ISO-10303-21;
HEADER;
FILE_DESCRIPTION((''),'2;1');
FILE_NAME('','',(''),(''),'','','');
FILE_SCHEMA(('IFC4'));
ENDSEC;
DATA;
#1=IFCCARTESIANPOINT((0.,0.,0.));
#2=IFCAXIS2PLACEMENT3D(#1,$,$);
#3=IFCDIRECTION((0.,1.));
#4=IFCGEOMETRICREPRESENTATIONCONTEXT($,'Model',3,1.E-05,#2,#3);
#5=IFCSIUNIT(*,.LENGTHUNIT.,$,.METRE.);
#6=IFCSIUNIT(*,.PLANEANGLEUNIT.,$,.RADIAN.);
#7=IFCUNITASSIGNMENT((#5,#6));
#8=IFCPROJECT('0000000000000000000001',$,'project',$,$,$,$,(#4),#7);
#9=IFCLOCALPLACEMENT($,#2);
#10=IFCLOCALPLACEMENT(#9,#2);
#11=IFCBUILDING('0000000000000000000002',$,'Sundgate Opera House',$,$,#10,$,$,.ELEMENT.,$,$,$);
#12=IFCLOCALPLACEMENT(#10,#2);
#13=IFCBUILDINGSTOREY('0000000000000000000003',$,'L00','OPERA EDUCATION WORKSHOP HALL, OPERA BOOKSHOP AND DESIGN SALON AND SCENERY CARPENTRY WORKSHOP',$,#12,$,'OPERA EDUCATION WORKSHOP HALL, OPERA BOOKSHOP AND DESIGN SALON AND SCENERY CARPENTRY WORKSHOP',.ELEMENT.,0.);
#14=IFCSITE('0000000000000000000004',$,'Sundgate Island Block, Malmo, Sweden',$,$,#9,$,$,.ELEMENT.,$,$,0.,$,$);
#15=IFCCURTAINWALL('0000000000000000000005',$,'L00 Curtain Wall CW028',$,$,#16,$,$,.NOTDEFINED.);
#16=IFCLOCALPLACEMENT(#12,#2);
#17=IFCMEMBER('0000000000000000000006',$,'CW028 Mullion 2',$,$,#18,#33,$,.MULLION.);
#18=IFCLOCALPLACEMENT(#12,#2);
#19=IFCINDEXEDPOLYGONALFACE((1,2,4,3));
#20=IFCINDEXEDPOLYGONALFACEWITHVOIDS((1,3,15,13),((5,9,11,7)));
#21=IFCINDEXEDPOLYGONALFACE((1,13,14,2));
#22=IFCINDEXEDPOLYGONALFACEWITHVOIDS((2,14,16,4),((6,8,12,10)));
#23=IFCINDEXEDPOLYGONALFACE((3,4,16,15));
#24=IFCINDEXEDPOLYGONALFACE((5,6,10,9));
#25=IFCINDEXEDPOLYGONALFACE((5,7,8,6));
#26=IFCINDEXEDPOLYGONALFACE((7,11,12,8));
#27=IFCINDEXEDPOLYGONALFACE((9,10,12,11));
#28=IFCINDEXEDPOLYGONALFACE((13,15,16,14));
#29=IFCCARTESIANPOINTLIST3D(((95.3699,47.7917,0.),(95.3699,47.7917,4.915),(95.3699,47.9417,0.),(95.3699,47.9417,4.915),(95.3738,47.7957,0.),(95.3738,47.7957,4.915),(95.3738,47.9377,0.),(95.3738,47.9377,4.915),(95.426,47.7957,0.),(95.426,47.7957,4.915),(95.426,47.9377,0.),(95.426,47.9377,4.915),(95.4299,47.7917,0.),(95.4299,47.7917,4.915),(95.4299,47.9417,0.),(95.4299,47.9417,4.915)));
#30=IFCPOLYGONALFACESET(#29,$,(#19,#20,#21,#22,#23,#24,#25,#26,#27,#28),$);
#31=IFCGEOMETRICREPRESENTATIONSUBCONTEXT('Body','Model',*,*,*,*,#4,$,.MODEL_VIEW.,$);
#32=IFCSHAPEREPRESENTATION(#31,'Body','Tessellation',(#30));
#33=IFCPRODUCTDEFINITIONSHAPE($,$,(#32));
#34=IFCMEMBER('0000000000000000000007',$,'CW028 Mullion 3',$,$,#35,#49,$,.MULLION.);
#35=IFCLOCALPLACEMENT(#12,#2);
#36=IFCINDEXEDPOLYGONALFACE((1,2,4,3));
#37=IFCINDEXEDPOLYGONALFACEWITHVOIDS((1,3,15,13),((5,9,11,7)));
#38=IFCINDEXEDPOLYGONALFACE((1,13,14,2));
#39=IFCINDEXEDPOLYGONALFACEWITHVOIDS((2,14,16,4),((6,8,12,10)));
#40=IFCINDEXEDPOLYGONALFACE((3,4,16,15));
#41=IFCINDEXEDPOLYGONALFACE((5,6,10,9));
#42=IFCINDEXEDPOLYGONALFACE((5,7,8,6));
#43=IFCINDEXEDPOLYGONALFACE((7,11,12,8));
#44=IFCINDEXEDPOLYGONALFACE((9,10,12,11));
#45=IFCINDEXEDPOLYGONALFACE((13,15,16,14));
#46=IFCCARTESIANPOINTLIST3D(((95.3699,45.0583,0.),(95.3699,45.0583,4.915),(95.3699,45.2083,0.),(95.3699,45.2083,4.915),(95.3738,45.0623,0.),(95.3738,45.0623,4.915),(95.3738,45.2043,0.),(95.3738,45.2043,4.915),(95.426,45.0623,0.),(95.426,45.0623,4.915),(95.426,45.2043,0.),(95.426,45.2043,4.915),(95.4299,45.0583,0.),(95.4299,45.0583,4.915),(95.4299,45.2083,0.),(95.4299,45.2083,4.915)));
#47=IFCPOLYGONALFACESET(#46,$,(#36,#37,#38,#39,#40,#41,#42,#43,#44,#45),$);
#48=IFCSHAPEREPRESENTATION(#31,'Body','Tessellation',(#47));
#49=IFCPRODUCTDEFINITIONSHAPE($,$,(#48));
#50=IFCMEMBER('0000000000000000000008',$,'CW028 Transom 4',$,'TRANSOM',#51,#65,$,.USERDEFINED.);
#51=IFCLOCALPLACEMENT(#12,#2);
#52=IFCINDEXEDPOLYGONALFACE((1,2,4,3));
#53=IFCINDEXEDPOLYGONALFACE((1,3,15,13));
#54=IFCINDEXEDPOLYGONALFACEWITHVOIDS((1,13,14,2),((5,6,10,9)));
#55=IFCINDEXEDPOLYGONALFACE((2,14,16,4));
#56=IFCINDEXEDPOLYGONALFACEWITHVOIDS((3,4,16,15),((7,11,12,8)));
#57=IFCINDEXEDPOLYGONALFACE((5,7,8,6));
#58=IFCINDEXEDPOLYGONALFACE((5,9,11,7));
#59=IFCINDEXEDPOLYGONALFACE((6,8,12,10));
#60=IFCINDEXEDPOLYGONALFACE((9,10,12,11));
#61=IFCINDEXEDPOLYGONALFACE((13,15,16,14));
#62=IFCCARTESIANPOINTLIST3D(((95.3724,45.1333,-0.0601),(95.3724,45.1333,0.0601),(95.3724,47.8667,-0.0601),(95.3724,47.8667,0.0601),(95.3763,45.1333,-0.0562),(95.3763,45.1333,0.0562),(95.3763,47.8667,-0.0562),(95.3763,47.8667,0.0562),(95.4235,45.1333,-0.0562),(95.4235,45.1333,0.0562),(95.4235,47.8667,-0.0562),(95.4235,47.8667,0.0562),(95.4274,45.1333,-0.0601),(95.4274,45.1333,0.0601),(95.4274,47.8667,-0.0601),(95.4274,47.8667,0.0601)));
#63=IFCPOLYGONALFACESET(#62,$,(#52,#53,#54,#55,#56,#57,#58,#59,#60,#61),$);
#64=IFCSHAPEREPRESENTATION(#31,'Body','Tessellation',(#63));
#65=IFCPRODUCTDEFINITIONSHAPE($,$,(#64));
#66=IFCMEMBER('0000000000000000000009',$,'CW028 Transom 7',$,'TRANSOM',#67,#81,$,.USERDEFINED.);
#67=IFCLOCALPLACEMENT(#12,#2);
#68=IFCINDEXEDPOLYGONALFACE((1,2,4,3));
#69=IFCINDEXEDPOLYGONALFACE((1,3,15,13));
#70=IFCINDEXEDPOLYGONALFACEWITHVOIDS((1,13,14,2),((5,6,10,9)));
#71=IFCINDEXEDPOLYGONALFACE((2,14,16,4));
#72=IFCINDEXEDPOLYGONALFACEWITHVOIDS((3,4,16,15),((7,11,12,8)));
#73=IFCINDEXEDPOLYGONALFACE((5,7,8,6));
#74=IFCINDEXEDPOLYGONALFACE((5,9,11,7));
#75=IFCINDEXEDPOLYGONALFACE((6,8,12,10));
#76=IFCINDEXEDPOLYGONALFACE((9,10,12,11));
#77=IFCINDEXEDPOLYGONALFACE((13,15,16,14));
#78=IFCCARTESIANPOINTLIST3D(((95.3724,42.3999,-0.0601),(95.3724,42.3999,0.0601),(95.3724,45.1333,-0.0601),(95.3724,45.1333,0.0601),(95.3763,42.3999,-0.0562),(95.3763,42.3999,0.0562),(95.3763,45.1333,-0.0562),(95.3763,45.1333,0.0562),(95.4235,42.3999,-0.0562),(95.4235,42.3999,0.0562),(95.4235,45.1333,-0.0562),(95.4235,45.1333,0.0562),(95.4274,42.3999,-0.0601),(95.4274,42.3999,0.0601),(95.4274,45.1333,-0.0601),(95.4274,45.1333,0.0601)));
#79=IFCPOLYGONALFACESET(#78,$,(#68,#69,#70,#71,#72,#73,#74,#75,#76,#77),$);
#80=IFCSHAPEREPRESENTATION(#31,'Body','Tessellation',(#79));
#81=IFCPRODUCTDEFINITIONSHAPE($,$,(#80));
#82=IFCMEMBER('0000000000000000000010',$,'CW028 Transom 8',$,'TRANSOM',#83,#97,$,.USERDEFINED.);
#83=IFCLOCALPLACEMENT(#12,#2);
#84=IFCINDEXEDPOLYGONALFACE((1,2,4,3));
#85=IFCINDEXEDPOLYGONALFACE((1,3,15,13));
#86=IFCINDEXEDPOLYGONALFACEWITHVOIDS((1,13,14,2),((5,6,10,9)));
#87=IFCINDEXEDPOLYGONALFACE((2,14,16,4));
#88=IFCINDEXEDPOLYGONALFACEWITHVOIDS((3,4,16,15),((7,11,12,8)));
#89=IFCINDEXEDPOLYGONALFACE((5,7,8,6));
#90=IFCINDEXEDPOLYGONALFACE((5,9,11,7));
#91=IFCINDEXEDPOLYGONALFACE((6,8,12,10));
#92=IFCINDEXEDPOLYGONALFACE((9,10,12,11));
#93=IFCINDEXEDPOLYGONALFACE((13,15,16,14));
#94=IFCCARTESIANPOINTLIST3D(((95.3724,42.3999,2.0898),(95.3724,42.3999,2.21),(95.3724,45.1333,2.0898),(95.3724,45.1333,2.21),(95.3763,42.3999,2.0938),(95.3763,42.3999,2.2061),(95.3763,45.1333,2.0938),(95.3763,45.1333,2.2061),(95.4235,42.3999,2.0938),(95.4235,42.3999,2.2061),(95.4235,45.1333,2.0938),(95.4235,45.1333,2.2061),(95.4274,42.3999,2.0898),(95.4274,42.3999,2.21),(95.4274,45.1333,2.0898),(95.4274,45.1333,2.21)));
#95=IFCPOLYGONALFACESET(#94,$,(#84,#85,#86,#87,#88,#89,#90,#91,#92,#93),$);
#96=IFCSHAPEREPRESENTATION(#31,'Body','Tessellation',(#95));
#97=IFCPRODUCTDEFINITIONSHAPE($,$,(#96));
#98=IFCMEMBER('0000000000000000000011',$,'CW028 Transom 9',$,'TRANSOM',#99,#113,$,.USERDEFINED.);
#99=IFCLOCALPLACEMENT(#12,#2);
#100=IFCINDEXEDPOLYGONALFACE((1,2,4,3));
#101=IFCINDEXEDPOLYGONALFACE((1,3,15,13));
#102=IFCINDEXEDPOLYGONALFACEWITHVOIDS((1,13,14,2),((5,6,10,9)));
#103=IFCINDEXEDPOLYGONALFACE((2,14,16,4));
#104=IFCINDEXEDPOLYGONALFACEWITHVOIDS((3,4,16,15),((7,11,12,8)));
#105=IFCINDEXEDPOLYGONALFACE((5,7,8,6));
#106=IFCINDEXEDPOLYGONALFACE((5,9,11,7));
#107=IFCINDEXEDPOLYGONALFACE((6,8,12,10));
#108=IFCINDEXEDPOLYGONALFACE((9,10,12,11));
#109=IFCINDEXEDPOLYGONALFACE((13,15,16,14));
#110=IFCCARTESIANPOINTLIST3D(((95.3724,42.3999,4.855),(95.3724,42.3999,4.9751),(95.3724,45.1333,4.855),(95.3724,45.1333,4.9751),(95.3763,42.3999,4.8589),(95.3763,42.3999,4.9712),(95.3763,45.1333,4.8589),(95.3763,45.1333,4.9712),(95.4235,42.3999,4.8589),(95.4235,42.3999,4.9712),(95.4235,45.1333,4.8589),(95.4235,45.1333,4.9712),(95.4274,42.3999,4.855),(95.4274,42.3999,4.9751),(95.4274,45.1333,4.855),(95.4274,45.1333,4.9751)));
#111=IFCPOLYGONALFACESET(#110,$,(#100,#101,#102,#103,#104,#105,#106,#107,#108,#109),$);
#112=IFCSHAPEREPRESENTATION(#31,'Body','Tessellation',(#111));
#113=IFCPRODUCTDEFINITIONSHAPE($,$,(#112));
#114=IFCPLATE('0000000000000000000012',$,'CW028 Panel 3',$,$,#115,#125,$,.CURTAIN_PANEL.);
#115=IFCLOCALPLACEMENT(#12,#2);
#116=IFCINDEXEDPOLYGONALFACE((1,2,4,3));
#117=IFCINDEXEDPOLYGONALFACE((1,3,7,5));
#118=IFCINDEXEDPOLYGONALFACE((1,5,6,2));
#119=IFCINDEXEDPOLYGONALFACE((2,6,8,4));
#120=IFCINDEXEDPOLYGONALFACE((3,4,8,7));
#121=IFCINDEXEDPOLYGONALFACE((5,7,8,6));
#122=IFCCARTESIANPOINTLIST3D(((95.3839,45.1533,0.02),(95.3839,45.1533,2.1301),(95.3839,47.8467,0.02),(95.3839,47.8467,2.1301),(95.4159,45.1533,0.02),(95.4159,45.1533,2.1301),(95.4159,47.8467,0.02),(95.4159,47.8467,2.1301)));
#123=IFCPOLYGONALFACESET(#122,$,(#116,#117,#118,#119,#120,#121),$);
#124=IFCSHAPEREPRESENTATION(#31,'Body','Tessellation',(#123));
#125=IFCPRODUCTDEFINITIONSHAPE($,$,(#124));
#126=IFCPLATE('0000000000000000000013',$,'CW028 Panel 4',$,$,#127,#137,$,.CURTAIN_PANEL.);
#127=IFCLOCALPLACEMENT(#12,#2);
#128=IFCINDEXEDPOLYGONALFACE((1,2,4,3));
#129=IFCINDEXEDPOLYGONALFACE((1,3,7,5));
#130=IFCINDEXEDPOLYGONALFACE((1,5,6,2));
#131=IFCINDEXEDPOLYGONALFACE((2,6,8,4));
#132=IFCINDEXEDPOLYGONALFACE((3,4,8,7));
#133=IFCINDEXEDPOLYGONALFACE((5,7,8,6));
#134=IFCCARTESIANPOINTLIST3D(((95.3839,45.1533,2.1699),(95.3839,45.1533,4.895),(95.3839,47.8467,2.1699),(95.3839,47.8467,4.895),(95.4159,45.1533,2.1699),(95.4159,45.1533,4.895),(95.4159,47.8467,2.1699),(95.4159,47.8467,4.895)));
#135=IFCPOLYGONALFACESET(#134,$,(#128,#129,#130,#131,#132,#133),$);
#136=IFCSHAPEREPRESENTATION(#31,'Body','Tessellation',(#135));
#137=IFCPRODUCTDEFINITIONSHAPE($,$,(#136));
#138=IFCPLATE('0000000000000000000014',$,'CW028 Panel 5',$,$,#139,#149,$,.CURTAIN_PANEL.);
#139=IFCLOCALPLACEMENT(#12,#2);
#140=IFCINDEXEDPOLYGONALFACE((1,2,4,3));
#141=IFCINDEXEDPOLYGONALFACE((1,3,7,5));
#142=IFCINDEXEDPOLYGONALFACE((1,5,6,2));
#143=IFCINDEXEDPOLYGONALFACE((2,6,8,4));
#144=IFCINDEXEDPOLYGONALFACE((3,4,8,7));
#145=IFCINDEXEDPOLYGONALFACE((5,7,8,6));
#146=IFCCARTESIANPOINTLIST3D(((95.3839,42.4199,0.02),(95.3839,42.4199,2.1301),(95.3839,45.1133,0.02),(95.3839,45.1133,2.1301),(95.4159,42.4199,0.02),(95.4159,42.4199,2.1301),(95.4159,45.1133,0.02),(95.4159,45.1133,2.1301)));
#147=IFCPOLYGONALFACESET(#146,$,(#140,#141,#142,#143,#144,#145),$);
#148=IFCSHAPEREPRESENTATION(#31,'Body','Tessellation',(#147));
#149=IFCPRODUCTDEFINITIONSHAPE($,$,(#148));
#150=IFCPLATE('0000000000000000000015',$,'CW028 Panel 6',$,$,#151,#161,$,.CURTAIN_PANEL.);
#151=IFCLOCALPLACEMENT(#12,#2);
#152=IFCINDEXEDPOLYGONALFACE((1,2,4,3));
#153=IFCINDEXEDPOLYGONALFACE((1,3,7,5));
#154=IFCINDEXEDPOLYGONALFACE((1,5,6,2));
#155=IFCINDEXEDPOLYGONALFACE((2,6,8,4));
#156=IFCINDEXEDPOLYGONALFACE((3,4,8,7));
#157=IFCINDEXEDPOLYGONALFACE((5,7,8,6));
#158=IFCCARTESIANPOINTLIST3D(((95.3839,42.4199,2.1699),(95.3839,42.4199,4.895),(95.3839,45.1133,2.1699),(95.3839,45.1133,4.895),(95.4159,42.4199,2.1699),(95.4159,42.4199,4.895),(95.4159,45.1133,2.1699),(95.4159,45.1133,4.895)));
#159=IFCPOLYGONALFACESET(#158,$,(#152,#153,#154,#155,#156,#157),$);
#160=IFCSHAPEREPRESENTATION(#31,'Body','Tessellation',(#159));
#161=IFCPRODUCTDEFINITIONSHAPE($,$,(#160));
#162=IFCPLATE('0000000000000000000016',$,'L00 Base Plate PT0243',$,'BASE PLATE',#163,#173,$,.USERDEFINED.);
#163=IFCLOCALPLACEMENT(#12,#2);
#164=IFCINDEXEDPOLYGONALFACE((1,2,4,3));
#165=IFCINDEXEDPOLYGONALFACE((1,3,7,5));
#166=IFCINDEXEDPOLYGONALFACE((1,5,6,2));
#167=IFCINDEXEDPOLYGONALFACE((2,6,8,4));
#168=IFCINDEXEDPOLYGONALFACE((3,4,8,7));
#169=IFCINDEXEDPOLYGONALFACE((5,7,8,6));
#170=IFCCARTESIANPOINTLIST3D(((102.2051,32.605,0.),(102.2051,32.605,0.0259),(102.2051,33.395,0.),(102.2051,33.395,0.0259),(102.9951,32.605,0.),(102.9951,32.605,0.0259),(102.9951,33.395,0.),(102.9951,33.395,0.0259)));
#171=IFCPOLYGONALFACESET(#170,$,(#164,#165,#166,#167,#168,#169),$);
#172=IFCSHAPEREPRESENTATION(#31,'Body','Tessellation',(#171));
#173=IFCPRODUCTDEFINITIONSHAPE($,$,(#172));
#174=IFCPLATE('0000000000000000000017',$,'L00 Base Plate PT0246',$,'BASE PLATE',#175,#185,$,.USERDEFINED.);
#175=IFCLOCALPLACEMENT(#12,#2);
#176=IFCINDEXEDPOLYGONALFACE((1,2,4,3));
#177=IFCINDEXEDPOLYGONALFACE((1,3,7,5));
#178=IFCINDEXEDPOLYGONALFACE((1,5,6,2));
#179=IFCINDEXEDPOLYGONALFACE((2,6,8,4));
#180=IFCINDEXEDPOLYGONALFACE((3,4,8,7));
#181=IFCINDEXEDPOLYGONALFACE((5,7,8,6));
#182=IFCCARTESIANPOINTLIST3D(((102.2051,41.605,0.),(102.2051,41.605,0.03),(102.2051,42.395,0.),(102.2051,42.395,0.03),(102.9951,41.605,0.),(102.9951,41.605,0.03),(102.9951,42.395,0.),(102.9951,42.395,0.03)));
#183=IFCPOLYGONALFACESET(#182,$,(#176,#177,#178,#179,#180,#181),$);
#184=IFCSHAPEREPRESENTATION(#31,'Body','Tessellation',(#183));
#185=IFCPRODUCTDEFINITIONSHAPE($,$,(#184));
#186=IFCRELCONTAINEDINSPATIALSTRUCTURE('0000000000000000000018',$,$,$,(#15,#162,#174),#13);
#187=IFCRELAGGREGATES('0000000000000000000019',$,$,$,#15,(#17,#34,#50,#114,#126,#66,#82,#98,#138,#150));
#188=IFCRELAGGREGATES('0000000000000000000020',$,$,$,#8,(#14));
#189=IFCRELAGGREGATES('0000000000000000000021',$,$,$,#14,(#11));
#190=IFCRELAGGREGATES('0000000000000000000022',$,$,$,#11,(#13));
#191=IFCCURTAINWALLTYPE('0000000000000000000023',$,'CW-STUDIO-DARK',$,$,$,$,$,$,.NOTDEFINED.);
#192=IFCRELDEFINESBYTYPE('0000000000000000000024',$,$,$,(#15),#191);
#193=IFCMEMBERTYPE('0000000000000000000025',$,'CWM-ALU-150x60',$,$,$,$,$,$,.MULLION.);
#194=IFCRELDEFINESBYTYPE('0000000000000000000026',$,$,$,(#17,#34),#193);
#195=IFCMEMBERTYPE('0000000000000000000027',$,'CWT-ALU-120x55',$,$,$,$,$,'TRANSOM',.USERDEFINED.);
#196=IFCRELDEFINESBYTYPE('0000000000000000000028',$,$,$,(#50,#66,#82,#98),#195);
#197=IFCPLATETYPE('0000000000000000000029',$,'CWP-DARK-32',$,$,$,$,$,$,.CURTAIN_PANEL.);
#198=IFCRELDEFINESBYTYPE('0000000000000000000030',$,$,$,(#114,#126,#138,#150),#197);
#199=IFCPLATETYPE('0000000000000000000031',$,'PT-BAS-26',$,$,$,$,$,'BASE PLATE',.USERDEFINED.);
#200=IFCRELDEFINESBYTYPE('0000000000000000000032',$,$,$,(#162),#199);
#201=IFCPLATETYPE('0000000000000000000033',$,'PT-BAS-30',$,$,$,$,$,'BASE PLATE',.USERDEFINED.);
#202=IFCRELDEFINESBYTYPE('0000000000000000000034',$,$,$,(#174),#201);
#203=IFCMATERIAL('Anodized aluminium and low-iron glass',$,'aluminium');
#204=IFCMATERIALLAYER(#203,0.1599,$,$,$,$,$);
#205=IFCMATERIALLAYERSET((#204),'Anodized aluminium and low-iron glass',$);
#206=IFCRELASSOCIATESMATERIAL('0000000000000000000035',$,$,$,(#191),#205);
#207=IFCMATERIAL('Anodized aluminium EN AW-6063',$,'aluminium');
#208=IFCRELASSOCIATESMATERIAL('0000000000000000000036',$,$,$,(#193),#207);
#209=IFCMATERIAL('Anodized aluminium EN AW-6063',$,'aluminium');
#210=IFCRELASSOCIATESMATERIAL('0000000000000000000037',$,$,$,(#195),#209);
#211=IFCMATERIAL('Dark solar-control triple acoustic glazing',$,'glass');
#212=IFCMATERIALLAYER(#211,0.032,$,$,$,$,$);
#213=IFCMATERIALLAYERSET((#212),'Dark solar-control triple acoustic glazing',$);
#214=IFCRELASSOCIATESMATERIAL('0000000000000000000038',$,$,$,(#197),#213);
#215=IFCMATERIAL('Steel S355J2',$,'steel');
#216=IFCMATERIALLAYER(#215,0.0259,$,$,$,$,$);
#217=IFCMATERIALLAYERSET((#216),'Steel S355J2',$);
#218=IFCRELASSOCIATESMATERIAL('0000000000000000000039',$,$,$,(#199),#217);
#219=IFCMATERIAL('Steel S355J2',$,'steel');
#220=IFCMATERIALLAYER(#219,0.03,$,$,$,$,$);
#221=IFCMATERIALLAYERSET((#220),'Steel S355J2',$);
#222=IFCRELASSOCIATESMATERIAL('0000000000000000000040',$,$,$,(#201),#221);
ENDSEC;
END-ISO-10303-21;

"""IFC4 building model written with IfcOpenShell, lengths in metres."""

from ifc_helpers import new_model, si_unit, direction, frame, origin, origin_2d, place, context, subcontext, project, spatial, rectangle, hollow_rectangle, extrude, material, layer, layer_set, material_profile, profile_set, type_object, element, aggregate, save


model = new_model("IFC4")

# Units and contexts
model_context = context("Model", 3, precision=1e-05, world=origin(), true_north=direction((0.0, 1.0)))
body_context = subcontext(model_context, "Body", "Model", "MODEL_VIEW")
ifc_project = project(units=[si_unit("LENGTHUNIT", "METRE"), si_unit("PLANEANGLEUNIT", "RADIAN")], contexts=[model_context])

# Site, building, storey
site_placement = place(None, origin())
site = spatial("IfcSite", under=ifc_project, at=site_placement, Name="Sundgate Island Block, Malmo, Sweden", CompositionType="ELEMENT", RefElevation=0.0)
building_placement = place(site_placement, origin())
building = spatial("IfcBuilding", under=site, at=building_placement, Name="Sundgate Opera House", CompositionType="ELEMENT")
storey_placement = place(building_placement, origin())
storey = spatial("IfcBuildingStorey", under=building, at=storey_placement, Name="L00", Description="OPERA EDUCATION WORKSHOP HALL, OPERA BOOKSHOP AND DESIGN SALON AND SCENERY CARPENTRY WORKSHOP", LongName="OPERA EDUCATION WORKSHOP HALL, OPERA BOOKSHOP AND DESIGN SALON AND SCENERY CARPENTRY WORKSHOP", CompositionType="ELEMENT", Elevation=0.0)

# Curtain wall, members, plates
ifc_material_1 = material(Name="Anodized aluminium and low-iron glass", Category="aluminium")
ifc_layer_1 = layer(ifc_material_1, 0.1599)
ifc_layer_set_1 = layer_set([ifc_layer_1], Name="Anodized aluminium and low-iron glass")
curtain_wall_type = type_object("IfcCurtainWallType", Name="CW-STUDIO-DARK", PredefinedType="NOTDEFINED", material=ifc_layer_set_1)
curtain_wall_placement = place(storey_placement, origin())
curtain_wall = element("IfcCurtainWall", 1, at=curtain_wall_placement, inside=storey, type_object=curtain_wall_type, Name="L00 Curtain Wall CW028", PredefinedType="NOTDEFINED")
ifc_material_2 = material(Name="Anodized aluminium EN AW-6063", Category="aluminium")
ifc_material_profile_1 = material_profile(ifc_material_2, hollow_rectangle(XDim=0.0601, YDim=0.1499, WallThickness=0.0039, at=origin_2d()), Name="CWM 150x60x4")
ifc_profile_set_1 = profile_set([ifc_material_profile_1], Name="Anodized aluminium EN AW-6063")
member_type_1 = type_object("IfcMemberType", Name="CWM-ALU-150x60", PredefinedType="MULLION", material=ifc_profile_set_1)
member_1_placement = place(storey_placement, frame((95.3999, 47.8667, 0.0), z_axis=(0.0, 0.0, 1.0), x_axis=(1.0, 0.0, 0.0)))
member_1 = element("IfcMember", 2, at=member_1_placement, type_object=member_type_1, Name="CW028 Mullion 2", PredefinedType="MULLION", context=body_context, shape_type="SweptSolid", body=[
    extrude(hollow_rectangle(XDim=0.0601, YDim=0.1499, WallThickness=0.0039, at=origin_2d()), origin(), (0.0, 0.0, 1.0), 4.915),
])
member_2_placement = place(storey_placement, frame((95.3999, 45.1333, 0.0), z_axis=(0.0, 0.0, 1.0), x_axis=(1.0, 0.0, 0.0)))
member_2 = element("IfcMember", 3, at=member_2_placement, type_object=member_type_1, Name="CW028 Mullion 3", PredefinedType="MULLION", context=body_context, shape_type="SweptSolid", body=[
    extrude(hollow_rectangle(XDim=0.0601, YDim=0.1499, WallThickness=0.0039, at=origin_2d()), origin(), (0.0, 0.0, 1.0), 4.915),
])
ifc_material_3 = material(Name="Anodized aluminium EN AW-6063", Category="aluminium")
ifc_material_profile_2 = material_profile(ifc_material_3, hollow_rectangle(XDim=0.0549, YDim=0.1201, WallThickness=0.0039, at=origin_2d()), Name="CWT 120x55x4")
ifc_profile_set_2 = profile_set([ifc_material_profile_2], Name="Anodized aluminium EN AW-6063")
member_type_2 = type_object("IfcMemberType", Name="CWT-ALU-120x55", ElementType="TRANSOM", PredefinedType="USERDEFINED", material=ifc_profile_set_2)
member_3_placement = place(storey_placement, frame((95.3999, 47.8667, 0.0), z_axis=(0.0, -1.0, 0.0), x_axis=(1.0, 0.0, 0.0)))
member_3 = element("IfcMember", 4, at=member_3_placement, type_object=member_type_2, Name="CW028 Transom 4", ObjectType="TRANSOM", PredefinedType="USERDEFINED", context=body_context, shape_type="SweptSolid", body=[
    extrude(hollow_rectangle(XDim=0.0549, YDim=0.1201, WallThickness=0.0039, at=origin_2d()), origin(), (0.0, 0.0, 1.0), 2.7334),
])
member_4_placement = place(storey_placement, frame((95.3999, 45.1333, 0.0), z_axis=(0.0, -1.0, 0.0), x_axis=(1.0, 0.0, 0.0)))
member_4 = element("IfcMember", 5, at=member_4_placement, type_object=member_type_2, Name="CW028 Transom 7", ObjectType="TRANSOM", PredefinedType="USERDEFINED", context=body_context, shape_type="SweptSolid", body=[
    extrude(hollow_rectangle(XDim=0.0549, YDim=0.1201, WallThickness=0.0039, at=origin_2d()), origin(), (0.0, 0.0, 1.0), 2.7334),
])
member_5_placement = place(storey_placement, frame((95.3999, 45.1333, 2.1499), z_axis=(0.0, -1.0, 0.0), x_axis=(1.0, 0.0, 0.0)))
member_5 = element("IfcMember", 6, at=member_5_placement, type_object=member_type_2, Name="CW028 Transom 8", ObjectType="TRANSOM", PredefinedType="USERDEFINED", context=body_context, shape_type="SweptSolid", body=[
    extrude(hollow_rectangle(XDim=0.0549, YDim=0.1201, WallThickness=0.0039, at=origin_2d()), origin(), (0.0, 0.0, 1.0), 2.7334),
])
member_6_placement = place(storey_placement, frame((95.3999, 45.1333, 4.915), z_axis=(0.0, -1.0, 0.0), x_axis=(1.0, 0.0, 0.0)))
member_6 = element("IfcMember", 7, at=member_6_placement, type_object=member_type_2, Name="CW028 Transom 9", ObjectType="TRANSOM", PredefinedType="USERDEFINED", context=body_context, shape_type="SweptSolid", body=[
    extrude(hollow_rectangle(XDim=0.0549, YDim=0.1201, WallThickness=0.0039, at=origin_2d()), origin(), (0.0, 0.0, 1.0), 2.7334),
])
ifc_material_4 = material(Name="Dark solar-control triple acoustic glazing", Category="glass")
ifc_layer_2 = layer(ifc_material_4, 0.032)
ifc_layer_set_2 = layer_set([ifc_layer_2], Name="Dark solar-control triple acoustic glazing")
plate_type_1 = type_object("IfcPlateType", Name="CWP-DARK-32", PredefinedType="CURTAIN_PANEL", material=ifc_layer_set_2)
plate_1_placement = place(storey_placement, frame((95.3999, 46.5, 0.02), z_axis=(0.0, 0.0, 1.0), x_axis=(0.0, -1.0, 0.0)))
plate_1 = element("IfcPlate", 8, at=plate_1_placement, type_object=plate_type_1, Name="CW028 Panel 3", PredefinedType="CURTAIN_PANEL", context=body_context, shape_type="SweptSolid", body=[
    extrude(rectangle(XDim=2.6934, YDim=0.032, at=origin_2d()), origin(), (0.0, 0.0, 1.0), 2.1101),
])
plate_2_placement = place(storey_placement, frame((95.3999, 46.5, 2.1699), z_axis=(0.0, 0.0, 1.0), x_axis=(0.0, -1.0, 0.0)))
plate_2 = element("IfcPlate", 9, at=plate_2_placement, type_object=plate_type_1, Name="CW028 Panel 4", PredefinedType="CURTAIN_PANEL", context=body_context, shape_type="SweptSolid", body=[
    extrude(rectangle(XDim=2.6934, YDim=0.032, at=origin_2d()), origin(), (0.0, 0.0, 1.0), 2.7251),
])
plate_3_placement = place(storey_placement, frame((95.3999, 43.7666, 0.02), z_axis=(0.0, 0.0, 1.0), x_axis=(0.0, -1.0, 0.0)))
plate_3 = element("IfcPlate", 10, at=plate_3_placement, type_object=plate_type_1, Name="CW028 Panel 5", PredefinedType="CURTAIN_PANEL", context=body_context, shape_type="SweptSolid", body=[
    extrude(rectangle(XDim=2.6934, YDim=0.032, at=origin_2d()), origin(), (0.0, 0.0, 1.0), 2.1101),
])
plate_4_placement = place(storey_placement, frame((95.3999, 43.7666, 2.1699), z_axis=(0.0, 0.0, 1.0), x_axis=(0.0, -1.0, 0.0)))
plate_4 = element("IfcPlate", 11, at=plate_4_placement, type_object=plate_type_1, Name="CW028 Panel 6", PredefinedType="CURTAIN_PANEL", context=body_context, shape_type="SweptSolid", body=[
    extrude(rectangle(XDim=2.6934, YDim=0.032, at=origin_2d()), origin(), (0.0, 0.0, 1.0), 2.7251),
])
aggregate(curtain_wall, [member_1, member_2, member_3, plate_1, plate_2, member_4, member_5, member_6, plate_3, plate_4])

# Plates
ifc_material_5 = material(Name="Steel S355J2", Category="steel")
ifc_layer_3 = layer(ifc_material_5, 0.0259)
ifc_layer_set_3 = layer_set([ifc_layer_3], Name="Steel S355J2")
plate_type_2 = type_object("IfcPlateType", Name="PT-BAS-26", ElementType="BASE PLATE", PredefinedType="USERDEFINED", material=ifc_layer_set_3)
plate_5_placement = place(storey_placement, frame((102.6001, 33.0, 0.0), z_axis=(0.0, 0.0, 1.0), x_axis=(1.0, 0.0, 0.0)))
element("IfcPlate", 12, at=plate_5_placement, inside=storey, type_object=plate_type_2, Name="L00 Base Plate PT0243", ObjectType="BASE PLATE", PredefinedType="USERDEFINED", context=body_context, shape_type="SweptSolid", body=[
    extrude(rectangle(XDim=0.79, YDim=0.79, at=origin_2d()), origin(), (0.0, 0.0, 1.0), 0.0259),
])
ifc_material_6 = material(Name="Steel S355J2", Category="steel")
ifc_layer_4 = layer(ifc_material_6, 0.03)
ifc_layer_set_4 = layer_set([ifc_layer_4], Name="Steel S355J2")
plate_type_3 = type_object("IfcPlateType", Name="PT-BAS-30", ElementType="BASE PLATE", PredefinedType="USERDEFINED", material=ifc_layer_set_4)
plate_6_placement = place(storey_placement, frame((102.6001, 42.0, 0.0), z_axis=(0.0, 0.0, 1.0), x_axis=(1.0, 0.0, 0.0)))
element("IfcPlate", 13, at=plate_6_placement, inside=storey, type_object=plate_type_3, Name="L00 Base Plate PT0246", ObjectType="BASE PLATE", PredefinedType="USERDEFINED", context=body_context, shape_type="SweptSolid", body=[
    extrude(rectangle(XDim=0.79, YDim=0.79, at=origin_2d()), origin(), (0.0, 0.0, 1.0), 0.03),
])

save(model, "model.ifc")
